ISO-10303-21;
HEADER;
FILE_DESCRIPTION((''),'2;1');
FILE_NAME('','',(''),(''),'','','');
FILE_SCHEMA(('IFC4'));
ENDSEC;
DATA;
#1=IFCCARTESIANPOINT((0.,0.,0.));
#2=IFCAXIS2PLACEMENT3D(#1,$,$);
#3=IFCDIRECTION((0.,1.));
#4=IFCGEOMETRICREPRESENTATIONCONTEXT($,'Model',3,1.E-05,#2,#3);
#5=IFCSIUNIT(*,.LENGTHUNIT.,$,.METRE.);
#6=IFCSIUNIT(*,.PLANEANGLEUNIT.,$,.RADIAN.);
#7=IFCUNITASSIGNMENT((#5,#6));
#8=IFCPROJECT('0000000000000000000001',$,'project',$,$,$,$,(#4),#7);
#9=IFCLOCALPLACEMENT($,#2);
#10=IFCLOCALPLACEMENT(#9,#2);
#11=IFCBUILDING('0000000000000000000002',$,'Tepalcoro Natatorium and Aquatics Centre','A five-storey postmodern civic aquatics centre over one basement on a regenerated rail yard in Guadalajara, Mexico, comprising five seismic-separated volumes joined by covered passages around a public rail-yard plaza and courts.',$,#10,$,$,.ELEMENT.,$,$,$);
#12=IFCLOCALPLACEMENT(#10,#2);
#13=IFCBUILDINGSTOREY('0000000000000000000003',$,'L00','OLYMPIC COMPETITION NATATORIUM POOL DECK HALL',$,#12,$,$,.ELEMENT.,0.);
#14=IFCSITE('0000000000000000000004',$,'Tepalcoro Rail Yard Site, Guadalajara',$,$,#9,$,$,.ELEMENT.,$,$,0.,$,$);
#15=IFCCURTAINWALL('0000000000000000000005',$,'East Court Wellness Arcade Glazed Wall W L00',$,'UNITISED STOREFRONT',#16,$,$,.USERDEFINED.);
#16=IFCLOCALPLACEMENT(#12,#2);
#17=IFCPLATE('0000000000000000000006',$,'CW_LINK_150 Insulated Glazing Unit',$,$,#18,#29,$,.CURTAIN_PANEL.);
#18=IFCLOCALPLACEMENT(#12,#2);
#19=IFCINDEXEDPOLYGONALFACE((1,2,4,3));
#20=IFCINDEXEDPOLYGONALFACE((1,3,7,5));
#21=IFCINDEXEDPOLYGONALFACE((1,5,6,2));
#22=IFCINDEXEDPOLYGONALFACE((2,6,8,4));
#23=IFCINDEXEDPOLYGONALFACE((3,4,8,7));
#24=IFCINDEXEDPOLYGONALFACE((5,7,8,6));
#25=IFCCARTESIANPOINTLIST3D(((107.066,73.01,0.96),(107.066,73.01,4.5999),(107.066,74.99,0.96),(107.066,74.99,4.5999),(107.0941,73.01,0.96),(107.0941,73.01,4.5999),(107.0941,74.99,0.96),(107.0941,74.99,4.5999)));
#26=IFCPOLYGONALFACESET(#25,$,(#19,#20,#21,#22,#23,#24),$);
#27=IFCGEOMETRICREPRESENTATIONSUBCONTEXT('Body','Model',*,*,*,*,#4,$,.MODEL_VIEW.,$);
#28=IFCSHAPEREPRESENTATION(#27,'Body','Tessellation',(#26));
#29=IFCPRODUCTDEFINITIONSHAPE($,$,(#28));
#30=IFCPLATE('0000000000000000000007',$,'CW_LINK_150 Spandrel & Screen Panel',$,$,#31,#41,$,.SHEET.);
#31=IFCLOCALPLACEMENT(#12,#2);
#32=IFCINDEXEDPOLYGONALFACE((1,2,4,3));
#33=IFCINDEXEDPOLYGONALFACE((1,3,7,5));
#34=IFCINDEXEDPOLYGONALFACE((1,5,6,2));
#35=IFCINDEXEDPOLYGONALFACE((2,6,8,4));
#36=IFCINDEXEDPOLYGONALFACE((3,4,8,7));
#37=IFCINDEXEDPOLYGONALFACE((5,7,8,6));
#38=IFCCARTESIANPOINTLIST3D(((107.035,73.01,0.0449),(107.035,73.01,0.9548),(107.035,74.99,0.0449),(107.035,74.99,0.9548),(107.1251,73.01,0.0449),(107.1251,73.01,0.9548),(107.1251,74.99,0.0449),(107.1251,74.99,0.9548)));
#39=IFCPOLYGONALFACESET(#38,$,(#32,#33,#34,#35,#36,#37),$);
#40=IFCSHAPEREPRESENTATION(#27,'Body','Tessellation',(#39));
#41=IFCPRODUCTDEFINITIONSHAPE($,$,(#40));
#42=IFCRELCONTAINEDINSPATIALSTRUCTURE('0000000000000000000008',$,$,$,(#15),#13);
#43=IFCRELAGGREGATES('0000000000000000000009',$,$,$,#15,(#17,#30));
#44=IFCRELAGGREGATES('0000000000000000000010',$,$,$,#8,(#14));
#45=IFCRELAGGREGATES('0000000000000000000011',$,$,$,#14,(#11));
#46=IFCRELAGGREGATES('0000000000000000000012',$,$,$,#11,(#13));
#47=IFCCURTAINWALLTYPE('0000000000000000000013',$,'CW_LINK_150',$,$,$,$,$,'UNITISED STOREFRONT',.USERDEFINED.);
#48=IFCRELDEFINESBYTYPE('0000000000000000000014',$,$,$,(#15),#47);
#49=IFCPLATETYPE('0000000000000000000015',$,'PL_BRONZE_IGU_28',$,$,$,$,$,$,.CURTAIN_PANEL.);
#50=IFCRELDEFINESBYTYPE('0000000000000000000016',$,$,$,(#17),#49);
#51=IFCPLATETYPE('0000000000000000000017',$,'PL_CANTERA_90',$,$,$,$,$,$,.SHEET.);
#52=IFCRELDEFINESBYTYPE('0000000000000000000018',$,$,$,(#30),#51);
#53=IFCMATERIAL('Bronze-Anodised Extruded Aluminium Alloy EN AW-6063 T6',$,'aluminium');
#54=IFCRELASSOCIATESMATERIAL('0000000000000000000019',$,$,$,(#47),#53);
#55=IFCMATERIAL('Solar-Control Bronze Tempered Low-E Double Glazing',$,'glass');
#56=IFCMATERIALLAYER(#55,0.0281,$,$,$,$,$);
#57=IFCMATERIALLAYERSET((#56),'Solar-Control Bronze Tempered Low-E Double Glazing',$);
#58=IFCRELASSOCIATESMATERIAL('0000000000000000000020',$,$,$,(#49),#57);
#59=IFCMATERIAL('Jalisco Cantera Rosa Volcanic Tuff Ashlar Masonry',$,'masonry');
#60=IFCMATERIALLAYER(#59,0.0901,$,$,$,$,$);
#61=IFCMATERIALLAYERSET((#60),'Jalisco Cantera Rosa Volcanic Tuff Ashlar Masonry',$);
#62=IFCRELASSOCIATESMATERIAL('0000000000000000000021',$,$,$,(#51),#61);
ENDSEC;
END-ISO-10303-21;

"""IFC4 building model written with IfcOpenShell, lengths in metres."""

from ifc_helpers import new_model, si_unit, direction, frame, origin, origin_2d, place, context, subcontext, project, spatial, rectangle, extrude, material, layer, layer_set, type_object, element, aggregate, save


model = new_model("IFC4")

# Units and contexts
model_context = context("Model", 3, precision=1e-05, world=origin(), true_north=direction((0.0, 1.0)))
body_context = subcontext(model_context, "Body", "Model", "MODEL_VIEW")
ifc_project = project(units=[si_unit("LENGTHUNIT", "METRE"), si_unit("PLANEANGLEUNIT", "RADIAN")], contexts=[model_context])

# Site, building, storey
site_placement = place(None, origin())
site = spatial("IfcSite", under=ifc_project, at=site_placement, Name="Tepalcoro Rail Yard Site, Guadalajara", CompositionType="ELEMENT", RefElevation=0.0)
building_placement = place(site_placement, origin())
building = spatial("IfcBuilding", under=site, at=building_placement, Name="Tepalcoro Natatorium and Aquatics Centre", Description="A five-storey postmodern civic aquatics centre over one basement on a regenerated rail yard in Guadalajara, Mexico, comprising five seismic-separated volumes joined by covered passages around a public rail-yard plaza and courts.", CompositionType="ELEMENT")
storey_placement = place(building_placement, origin())
storey = spatial("IfcBuildingStorey", under=building, at=storey_placement, Name="L00", Description="OLYMPIC COMPETITION NATATORIUM POOL DECK HALL", CompositionType="ELEMENT", Elevation=0.0)

# Shared definitions
ifc_material_1 = material(Name="Bronze-Anodised Extruded Aluminium Alloy EN AW-6063 T6", Category="aluminium")

# Curtain wall
curtain_wall_type_1 = type_object("IfcCurtainWallType", Name="CW_LINK_150", ElementType="UNITISED STOREFRONT", PredefinedType="USERDEFINED", material=ifc_material_1)
curtain_wall_1_placement = place(storey_placement, origin())
curtain_wall_1 = element("IfcCurtainWall", 1, at=curtain_wall_1_placement, inside=storey, type_object=curtain_wall_type_1, Name="East Court Wellness Arcade Glazed Wall W L00", ObjectType="UNITISED STOREFRONT", PredefinedType="USERDEFINED")

# Plates
ifc_material_2 = material(Name="Solar-Control Bronze Tempered Low-E Double Glazing", Category="glass")
ifc_layer_1 = layer(ifc_material_2, 0.0281)
ifc_layer_set_1 = layer_set([ifc_layer_1], Name="Solar-Control Bronze Tempered Low-E Double Glazing")
plate_type_1 = type_object("IfcPlateType", Name="PL_BRONZE_IGU_28", PredefinedType="CURTAIN_PANEL", material=ifc_layer_set_1)
plate_1_placement = place(storey_placement, frame((107.0801, 74.0, 0.96), z_axis=(0.0, 0.0, 1.0), x_axis=(1.0, 0.0, 0.0)))
plate_1 = element("IfcPlate", 2, at=plate_1_placement, type_object=plate_type_1, Name="CW_LINK_150 Insulated Glazing Unit", PredefinedType="CURTAIN_PANEL", context=body_context, shape_type="SweptSolid", body=[
    extrude(rectangle(XDim=0.0281, YDim=1.98, at=origin_2d()), origin(), (0.0, 0.0, 1.0), 3.6399),
])
ifc_material_3 = material(Name="Jalisco Cantera Rosa Volcanic Tuff Ashlar Masonry", Category="masonry")
ifc_layer_2 = layer(ifc_material_3, 0.0901)
ifc_layer_set_2 = layer_set([ifc_layer_2], Name="Jalisco Cantera Rosa Volcanic Tuff Ashlar Masonry")
plate_type_2 = type_object("IfcPlateType", Name="PL_CANTERA_90", PredefinedType="SHEET", material=ifc_layer_set_2)
plate_2_placement = place(storey_placement, frame((107.0801, 74.0, 0.0449), z_axis=(0.0, 0.0, 1.0), x_axis=(1.0, 0.0, 0.0)))
plate_2 = element("IfcPlate", 3, at=plate_2_placement, type_object=plate_type_2, Name="CW_LINK_150 Spandrel & Screen Panel", PredefinedType="SHEET", context=body_context, shape_type="SweptSolid", body=[
    extrude(rectangle(XDim=0.0901, YDim=1.98, at=origin_2d()), origin(), (0.0, 0.0, 1.0), 0.9099),
])
aggregate(curtain_wall_1, [plate_1, plate_2])

save(model, "model.ifc")
